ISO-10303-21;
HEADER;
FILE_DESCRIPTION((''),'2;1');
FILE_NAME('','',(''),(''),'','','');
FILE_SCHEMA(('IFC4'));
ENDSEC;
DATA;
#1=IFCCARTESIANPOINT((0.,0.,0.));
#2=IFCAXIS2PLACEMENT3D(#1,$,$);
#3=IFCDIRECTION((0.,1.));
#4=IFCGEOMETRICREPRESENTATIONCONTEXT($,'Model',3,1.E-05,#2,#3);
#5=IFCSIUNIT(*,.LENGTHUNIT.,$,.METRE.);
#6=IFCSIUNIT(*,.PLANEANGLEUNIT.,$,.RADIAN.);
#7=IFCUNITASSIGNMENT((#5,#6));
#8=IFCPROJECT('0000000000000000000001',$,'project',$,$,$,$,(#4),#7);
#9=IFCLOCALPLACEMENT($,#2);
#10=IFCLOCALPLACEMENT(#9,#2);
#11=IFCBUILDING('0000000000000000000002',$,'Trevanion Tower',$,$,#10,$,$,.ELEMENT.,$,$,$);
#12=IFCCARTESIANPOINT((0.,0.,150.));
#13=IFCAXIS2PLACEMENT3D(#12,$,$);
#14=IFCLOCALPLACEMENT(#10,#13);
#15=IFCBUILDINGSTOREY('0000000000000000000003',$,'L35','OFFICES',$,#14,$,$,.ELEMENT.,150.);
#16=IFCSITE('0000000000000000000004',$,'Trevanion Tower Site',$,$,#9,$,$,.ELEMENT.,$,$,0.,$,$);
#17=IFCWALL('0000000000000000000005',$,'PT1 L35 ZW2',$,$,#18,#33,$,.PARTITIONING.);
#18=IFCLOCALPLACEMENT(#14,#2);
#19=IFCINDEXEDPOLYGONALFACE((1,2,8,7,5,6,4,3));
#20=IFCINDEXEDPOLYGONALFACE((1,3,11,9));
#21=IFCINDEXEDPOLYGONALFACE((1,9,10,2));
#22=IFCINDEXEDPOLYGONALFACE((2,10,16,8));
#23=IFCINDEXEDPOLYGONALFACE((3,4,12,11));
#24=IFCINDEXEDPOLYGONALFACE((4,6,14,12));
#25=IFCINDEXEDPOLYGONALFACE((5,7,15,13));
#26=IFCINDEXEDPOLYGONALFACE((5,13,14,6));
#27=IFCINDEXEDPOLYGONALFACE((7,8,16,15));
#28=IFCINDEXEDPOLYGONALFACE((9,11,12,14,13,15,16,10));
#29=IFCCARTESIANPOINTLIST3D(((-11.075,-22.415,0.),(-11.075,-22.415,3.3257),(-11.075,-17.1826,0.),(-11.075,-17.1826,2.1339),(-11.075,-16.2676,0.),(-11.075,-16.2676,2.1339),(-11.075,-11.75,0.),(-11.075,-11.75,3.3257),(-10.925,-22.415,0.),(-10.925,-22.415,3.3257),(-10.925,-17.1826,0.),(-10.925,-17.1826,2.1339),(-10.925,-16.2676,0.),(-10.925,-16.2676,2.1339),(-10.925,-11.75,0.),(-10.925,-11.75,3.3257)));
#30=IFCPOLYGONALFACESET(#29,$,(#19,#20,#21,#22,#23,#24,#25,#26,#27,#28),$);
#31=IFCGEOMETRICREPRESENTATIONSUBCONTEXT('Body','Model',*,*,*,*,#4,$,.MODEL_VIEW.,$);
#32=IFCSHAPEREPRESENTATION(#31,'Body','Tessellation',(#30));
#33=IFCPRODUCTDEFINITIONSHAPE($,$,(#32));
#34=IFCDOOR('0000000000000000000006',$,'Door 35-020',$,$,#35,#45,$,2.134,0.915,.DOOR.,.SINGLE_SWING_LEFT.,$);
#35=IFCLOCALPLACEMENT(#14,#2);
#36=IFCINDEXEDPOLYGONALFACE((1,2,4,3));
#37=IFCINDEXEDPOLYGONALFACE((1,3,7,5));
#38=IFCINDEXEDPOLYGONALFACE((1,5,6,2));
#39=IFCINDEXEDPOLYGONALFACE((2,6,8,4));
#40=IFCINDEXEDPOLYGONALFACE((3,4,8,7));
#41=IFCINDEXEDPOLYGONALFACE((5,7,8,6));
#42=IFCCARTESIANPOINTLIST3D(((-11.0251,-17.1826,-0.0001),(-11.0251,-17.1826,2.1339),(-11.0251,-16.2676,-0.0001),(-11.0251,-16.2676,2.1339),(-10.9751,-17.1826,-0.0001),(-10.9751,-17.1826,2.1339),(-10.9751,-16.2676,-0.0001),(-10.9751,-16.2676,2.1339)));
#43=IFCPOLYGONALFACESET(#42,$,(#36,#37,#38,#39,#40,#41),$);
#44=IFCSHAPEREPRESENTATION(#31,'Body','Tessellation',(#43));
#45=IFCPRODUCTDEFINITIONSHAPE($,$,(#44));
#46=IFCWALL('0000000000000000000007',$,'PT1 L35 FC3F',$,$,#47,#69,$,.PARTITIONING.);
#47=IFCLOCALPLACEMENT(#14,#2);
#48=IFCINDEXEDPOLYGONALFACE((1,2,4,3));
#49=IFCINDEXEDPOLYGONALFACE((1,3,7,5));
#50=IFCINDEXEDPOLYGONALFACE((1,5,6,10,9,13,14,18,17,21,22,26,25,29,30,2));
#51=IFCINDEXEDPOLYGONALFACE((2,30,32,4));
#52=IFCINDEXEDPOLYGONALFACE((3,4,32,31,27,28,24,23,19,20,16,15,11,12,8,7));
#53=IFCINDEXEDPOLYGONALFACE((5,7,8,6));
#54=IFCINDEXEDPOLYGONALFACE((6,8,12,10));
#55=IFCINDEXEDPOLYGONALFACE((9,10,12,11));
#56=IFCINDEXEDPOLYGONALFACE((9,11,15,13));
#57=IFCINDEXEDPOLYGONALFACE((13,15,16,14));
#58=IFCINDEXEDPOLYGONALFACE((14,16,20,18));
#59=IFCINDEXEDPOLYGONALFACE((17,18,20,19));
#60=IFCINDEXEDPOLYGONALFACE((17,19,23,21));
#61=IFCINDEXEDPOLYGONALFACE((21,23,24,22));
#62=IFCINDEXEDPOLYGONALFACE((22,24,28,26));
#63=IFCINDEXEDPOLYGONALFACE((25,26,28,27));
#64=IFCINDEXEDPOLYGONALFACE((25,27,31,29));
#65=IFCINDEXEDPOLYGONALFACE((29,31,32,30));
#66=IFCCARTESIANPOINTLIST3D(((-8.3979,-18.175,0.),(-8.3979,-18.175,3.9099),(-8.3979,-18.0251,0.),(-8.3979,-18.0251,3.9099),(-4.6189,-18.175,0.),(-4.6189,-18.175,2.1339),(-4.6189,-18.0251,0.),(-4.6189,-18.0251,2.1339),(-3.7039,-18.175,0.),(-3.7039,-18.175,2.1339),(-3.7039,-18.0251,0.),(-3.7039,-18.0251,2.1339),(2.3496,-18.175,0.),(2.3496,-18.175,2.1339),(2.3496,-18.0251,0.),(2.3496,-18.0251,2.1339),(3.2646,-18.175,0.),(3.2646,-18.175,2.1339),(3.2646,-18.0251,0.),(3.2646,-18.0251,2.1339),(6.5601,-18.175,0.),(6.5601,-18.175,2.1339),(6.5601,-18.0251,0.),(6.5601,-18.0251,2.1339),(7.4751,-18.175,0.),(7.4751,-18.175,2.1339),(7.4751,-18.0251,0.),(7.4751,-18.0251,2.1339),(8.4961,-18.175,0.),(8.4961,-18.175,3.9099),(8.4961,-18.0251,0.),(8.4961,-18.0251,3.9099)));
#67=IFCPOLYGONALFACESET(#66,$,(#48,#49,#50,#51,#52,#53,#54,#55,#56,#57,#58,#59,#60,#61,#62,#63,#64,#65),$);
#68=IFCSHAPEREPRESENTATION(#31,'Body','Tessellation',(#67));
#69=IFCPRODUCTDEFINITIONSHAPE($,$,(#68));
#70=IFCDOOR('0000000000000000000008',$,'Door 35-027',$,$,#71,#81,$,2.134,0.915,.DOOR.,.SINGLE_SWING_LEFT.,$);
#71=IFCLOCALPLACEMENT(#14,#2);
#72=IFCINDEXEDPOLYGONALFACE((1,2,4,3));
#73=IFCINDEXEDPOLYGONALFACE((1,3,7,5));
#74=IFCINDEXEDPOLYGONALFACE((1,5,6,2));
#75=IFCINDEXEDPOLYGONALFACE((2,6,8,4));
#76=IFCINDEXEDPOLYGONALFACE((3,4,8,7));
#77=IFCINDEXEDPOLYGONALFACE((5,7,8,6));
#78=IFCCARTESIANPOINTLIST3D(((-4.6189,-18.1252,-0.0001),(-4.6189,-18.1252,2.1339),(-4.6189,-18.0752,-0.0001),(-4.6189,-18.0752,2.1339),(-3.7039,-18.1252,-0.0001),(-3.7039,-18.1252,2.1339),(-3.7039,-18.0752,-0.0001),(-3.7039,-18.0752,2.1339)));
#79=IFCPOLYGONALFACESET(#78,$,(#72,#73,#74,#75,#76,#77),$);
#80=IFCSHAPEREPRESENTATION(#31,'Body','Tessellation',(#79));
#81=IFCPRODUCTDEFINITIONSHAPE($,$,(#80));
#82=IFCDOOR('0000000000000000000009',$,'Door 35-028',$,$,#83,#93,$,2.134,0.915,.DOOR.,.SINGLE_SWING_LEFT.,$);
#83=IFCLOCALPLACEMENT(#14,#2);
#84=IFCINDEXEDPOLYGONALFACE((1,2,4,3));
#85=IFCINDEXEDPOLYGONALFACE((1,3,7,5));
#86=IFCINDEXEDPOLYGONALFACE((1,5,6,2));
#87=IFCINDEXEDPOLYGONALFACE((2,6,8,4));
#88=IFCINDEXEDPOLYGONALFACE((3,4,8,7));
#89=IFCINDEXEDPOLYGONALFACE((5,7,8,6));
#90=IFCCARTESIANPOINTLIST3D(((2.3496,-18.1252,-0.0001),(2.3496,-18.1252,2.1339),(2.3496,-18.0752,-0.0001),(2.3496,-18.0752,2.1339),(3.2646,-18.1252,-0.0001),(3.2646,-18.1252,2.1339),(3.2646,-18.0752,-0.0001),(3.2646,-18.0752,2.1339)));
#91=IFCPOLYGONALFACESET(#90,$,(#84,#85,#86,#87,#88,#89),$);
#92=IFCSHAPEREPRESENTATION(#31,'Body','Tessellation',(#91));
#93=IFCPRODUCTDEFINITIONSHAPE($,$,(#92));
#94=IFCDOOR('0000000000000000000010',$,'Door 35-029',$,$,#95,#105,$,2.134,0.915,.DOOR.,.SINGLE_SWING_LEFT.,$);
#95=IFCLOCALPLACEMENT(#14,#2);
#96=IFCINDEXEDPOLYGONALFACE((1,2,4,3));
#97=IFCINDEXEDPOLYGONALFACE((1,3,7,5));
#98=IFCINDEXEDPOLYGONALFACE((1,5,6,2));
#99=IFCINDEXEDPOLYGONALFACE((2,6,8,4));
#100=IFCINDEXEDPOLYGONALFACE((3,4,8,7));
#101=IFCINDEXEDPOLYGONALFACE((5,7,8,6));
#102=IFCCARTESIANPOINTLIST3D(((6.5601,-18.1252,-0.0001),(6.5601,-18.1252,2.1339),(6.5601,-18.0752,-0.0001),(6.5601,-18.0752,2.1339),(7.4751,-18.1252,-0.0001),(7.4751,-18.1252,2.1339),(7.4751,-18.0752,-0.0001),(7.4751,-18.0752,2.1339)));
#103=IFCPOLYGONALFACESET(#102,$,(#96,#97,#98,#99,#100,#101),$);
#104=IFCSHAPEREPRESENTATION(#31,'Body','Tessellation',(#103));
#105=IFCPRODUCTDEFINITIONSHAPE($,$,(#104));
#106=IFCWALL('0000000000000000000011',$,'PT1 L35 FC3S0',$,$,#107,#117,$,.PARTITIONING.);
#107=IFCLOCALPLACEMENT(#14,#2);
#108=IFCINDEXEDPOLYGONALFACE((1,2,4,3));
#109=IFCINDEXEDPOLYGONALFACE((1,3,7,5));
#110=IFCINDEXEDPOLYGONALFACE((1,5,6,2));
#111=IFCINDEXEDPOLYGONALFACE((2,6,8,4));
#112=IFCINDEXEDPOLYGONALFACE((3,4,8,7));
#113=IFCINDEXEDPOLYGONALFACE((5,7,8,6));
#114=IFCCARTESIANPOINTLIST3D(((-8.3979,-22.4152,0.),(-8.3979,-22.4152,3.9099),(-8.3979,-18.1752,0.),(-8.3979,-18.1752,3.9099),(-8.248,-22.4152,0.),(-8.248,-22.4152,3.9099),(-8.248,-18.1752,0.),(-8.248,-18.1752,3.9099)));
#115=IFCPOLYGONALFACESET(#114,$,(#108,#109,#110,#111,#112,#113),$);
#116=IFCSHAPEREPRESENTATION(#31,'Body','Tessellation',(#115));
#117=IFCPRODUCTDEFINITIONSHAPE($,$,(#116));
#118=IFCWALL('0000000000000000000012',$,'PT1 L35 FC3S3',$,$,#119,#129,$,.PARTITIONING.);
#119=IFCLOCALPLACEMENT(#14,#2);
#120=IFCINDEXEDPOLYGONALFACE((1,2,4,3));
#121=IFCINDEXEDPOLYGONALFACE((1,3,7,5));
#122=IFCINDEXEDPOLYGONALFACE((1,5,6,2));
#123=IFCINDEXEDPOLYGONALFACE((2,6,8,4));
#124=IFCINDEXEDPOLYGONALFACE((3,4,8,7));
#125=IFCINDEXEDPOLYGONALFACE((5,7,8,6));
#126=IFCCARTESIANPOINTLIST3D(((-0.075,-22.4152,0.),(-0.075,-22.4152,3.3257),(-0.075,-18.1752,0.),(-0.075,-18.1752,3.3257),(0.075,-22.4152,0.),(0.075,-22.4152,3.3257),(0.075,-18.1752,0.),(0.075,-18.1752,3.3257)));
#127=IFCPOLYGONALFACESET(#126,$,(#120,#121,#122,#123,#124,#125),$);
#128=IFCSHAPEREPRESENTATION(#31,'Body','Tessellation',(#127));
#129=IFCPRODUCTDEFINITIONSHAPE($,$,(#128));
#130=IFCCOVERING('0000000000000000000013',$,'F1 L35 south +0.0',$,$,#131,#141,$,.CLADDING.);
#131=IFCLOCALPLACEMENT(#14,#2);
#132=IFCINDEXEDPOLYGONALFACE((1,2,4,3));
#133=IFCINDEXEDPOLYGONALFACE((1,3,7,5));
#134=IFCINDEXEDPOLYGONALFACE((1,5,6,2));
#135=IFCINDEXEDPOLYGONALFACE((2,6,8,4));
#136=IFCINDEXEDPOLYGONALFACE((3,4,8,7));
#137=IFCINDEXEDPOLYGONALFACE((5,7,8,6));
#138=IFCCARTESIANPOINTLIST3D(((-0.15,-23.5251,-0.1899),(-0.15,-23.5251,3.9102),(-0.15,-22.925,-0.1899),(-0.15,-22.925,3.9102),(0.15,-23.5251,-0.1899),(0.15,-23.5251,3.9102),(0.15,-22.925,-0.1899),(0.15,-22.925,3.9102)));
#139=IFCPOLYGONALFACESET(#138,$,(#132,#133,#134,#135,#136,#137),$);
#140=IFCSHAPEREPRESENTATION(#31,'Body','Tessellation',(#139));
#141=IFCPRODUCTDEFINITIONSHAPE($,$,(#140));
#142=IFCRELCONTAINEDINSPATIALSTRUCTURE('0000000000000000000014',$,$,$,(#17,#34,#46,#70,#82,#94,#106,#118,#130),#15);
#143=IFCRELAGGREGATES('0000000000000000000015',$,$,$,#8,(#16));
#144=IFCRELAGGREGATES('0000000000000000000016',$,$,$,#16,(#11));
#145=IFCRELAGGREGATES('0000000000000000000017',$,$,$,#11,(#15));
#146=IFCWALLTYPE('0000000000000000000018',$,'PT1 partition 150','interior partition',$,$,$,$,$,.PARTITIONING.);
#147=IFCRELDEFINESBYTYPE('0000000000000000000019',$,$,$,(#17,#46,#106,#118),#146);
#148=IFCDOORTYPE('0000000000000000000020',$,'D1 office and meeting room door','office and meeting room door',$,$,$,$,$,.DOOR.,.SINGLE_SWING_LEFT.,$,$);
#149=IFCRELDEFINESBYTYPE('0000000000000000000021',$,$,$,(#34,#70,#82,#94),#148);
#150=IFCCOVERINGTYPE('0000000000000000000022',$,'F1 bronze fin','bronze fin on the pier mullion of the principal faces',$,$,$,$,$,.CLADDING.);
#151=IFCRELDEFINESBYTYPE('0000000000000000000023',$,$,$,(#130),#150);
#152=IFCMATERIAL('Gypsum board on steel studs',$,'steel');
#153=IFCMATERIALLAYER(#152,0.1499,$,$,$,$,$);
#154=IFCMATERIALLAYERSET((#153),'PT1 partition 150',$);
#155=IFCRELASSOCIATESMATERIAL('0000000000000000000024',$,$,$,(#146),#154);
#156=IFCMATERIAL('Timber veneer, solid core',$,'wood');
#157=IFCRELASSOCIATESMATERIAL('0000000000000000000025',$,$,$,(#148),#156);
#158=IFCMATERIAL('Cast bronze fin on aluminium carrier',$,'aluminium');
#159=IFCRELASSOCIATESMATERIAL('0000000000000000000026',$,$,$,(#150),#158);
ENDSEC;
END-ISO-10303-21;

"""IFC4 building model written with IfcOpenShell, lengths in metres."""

from ifc_helpers import new_model, si_unit, direction, frame, frame_2d, origin, origin_2d, place, context, subcontext, project, spatial, rectangle, extrude, material, layer, layer_set, type_object, element, fill, save


model = new_model("IFC4")

# Units and contexts
model_context = context("Model", 3, precision=1e-05, world=origin(), true_north=direction((0.0, 1.0)))
body_context = subcontext(model_context, "Body", "Model", "MODEL_VIEW")
ifc_project = project(units=[si_unit("LENGTHUNIT", "METRE"), si_unit("PLANEANGLEUNIT", "RADIAN")], contexts=[model_context])

# Site, building, storey
site_placement = place(None, origin())
site = spatial("IfcSite", under=ifc_project, at=site_placement, Name="Trevanion Tower Site", CompositionType="ELEMENT", RefElevation=0.0)
building_placement = place(site_placement, origin())
building = spatial("IfcBuilding", under=site, at=building_placement, Name="Trevanion Tower", CompositionType="ELEMENT")
storey_placement = place(building_placement, frame((0.0, 0.0, 150.0)))
storey = spatial("IfcBuildingStorey", under=building, at=storey_placement, Name="L35", Description="OFFICES", CompositionType="ELEMENT", Elevation=150.0)

# Wall, opening, door
ifc_material_1 = material(Name="Gypsum board on steel studs", Category="steel")
ifc_layer_1 = layer(ifc_material_1, 0.1499)
ifc_layer_set_1 = layer_set([ifc_layer_1], Name="PT1 partition 150")
wall_type = type_object("IfcWallType", Name="PT1 partition 150", Description="interior partition", PredefinedType="PARTITIONING", material=ifc_layer_set_1)
wall_1_placement = place(storey_placement, frame((-11.0, -11.75, 0.0), z_axis=(0.0, 0.0, 1.0), x_axis=(0.0, -1.0, 0.0)))
wall_1 = element("IfcWall", 1, at=wall_1_placement, inside=storey, type_object=wall_type, Name="PT1 L35 ZW2", PredefinedType="PARTITIONING", context=body_context, shape_type="SweptSolid", body=[
    extrude(rectangle(XDim=10.665, YDim=0.1499, at=frame_2d((5.3325, 0.0))), origin(), (0.0, 0.0, 1.0), 3.3257),
])
opening_1_placement = place(wall_1_placement, frame((4.5176, 0.0, 0.0)))
opening_1 = element("IfcOpeningElement", 2, at=opening_1_placement, cuts=wall_1, PredefinedType="OPENING", context=body_context, shape_type="SweptSolid", body=[
    extrude(rectangle(XDim=0.915, YDim=2.134, at=frame_2d((0.4575, 1.0669))), frame((0.0, 0.085, 0.0), z_axis=(0.0, -1.0, 0.0), x_axis=(1.0, 0.0, 0.0)), (0.0, 0.0, 1.0), 0.1699),
])
ifc_material_2 = material(Name="Timber veneer, solid core", Category="wood")
door_type = type_object("IfcDoorType", Name="D1 office and meeting room door", Description="office and meeting room door", OperationType="SINGLE_SWING_LEFT", PredefinedType="DOOR", material=ifc_material_2)
door_1_placement = place(opening_1_placement, origin())
door_1 = element("IfcDoor", 3, at=door_1_placement, inside=storey, type_object=door_type, Name="Door 35-020", OperationType="SINGLE_SWING_LEFT", OverallHeight=2.134, OverallWidth=0.915, PredefinedType="DOOR", context=body_context, shape_type="SweptSolid", body=[
    extrude(rectangle(XDim=0.915, YDim=2.134, at=frame_2d((0.4575, 1.0669))), frame((0.0, 0.0249, 0.0), z_axis=(0.0, -1.0, 0.0), x_axis=(1.0, 0.0, 0.0)), (0.0, 0.0, 1.0), 0.05),
])
fill(opening_1, door_1)

# Wall, openings, doors
wall_2_placement = place(storey_placement, frame((-8.3979, -18.1001, 0.0), z_axis=(0.0, 0.0, 1.0), x_axis=(1.0, 0.0, 0.0)))
wall_2 = element("IfcWall", 4, at=wall_2_placement, inside=storey, type_object=wall_type, Name="PT1 L35 FC3F", PredefinedType="PARTITIONING", context=body_context, shape_type="SweptSolid", body=[
    extrude(rectangle(XDim=16.894, YDim=0.1499, at=frame_2d((8.447, 0.0))), origin(), (0.0, 0.0, 1.0), 3.9099),
])
opening_2_placement = place(wall_2_placement, frame((3.7791, 0.0, 0.0)))
opening_2 = element("IfcOpeningElement", 5, at=opening_2_placement, cuts=wall_2, PredefinedType="OPENING", context=body_context, shape_type="SweptSolid", body=[
    extrude(rectangle(XDim=0.915, YDim=2.134, at=frame_2d((0.4575, 1.0669))), frame((0.0, 0.085, 0.0), z_axis=(0.0, -1.0, 0.0), x_axis=(1.0, 0.0, 0.0)), (0.0, 0.0, 1.0), 0.1699),
])
opening_3_placement = place(wall_2_placement, frame((10.7476, 0.0, 0.0)))
opening_3 = element("IfcOpeningElement", 6, at=opening_3_placement, cuts=wall_2, PredefinedType="OPENING", context=body_context, shape_type="SweptSolid", body=[
    extrude(rectangle(XDim=0.915, YDim=2.134, at=frame_2d((0.4575, 1.0669))), frame((0.0, 0.085, 0.0), z_axis=(0.0, -1.0, 0.0), x_axis=(1.0, 0.0, 0.0)), (0.0, 0.0, 1.0), 0.1699),
])
opening_4_placement = place(wall_2_placement, frame((14.958, 0.0, 0.0)))
opening_4 = element("IfcOpeningElement", 7, at=opening_4_placement, cuts=wall_2, PredefinedType="OPENING", context=body_context, shape_type="SweptSolid", body=[
    extrude(rectangle(XDim=0.915, YDim=2.134, at=frame_2d((0.4575, 1.0669))), frame((0.0, 0.085, 0.0), z_axis=(0.0, -1.0, 0.0), x_axis=(1.0, 0.0, 0.0)), (0.0, 0.0, 1.0), 0.1699),
])
door_2_placement = place(opening_2_placement, origin())
door_2 = element("IfcDoor", 8, at=door_2_placement, inside=storey, type_object=door_type, Name="Door 35-027", OperationType="SINGLE_SWING_LEFT", OverallHeight=2.134, OverallWidth=0.915, PredefinedType="DOOR", context=body_context, shape_type="SweptSolid", body=[
    extrude(rectangle(XDim=0.915, YDim=2.134, at=frame_2d((0.4575, 1.0669))), frame((0.0, 0.0249, 0.0), z_axis=(0.0, -1.0, 0.0), x_axis=(1.0, 0.0, 0.0)), (0.0, 0.0, 1.0), 0.05),
])
fill(opening_2, door_2)
door_3_placement = place(opening_3_placement, origin())
door_3 = element("IfcDoor", 9, at=door_3_placement, inside=storey, type_object=door_type, Name="Door 35-028", OperationType="SINGLE_SWING_LEFT", OverallHeight=2.134, OverallWidth=0.915, PredefinedType="DOOR", context=body_context, shape_type="SweptSolid", body=[
    extrude(rectangle(XDim=0.915, YDim=2.134, at=frame_2d((0.4575, 1.0669))), frame((0.0, 0.0249, 0.0), z_axis=(0.0, -1.0, 0.0), x_axis=(1.0, 0.0, 0.0)), (0.0, 0.0, 1.0), 0.05),
])
fill(opening_3, door_3)
door_4_placement = place(opening_4_placement, origin())
door_4 = element("IfcDoor", 10, at=door_4_placement, inside=storey, type_object=door_type, Name="Door 35-029", OperationType="SINGLE_SWING_LEFT", OverallHeight=2.134, OverallWidth=0.915, PredefinedType="DOOR", context=body_context, shape_type="SweptSolid", body=[
    extrude(rectangle(XDim=0.915, YDim=2.134, at=frame_2d((0.4575, 1.0669))), frame((0.0, 0.0249, 0.0), z_axis=(0.0, -1.0, 0.0), x_axis=(1.0, 0.0, 0.0)), (0.0, 0.0, 1.0), 0.05),
])
fill(opening_4, door_4)

# Walls
wall_3_placement = place(storey_placement, frame((-8.323, -18.175, 0.0), z_axis=(0.0, 0.0, 1.0), x_axis=(0.0, -1.0, 0.0)))
element("IfcWall", 11, at=wall_3_placement, inside=storey, type_object=wall_type, Name="PT1 L35 FC3S0", PredefinedType="PARTITIONING", context=body_context, shape_type="SweptSolid", body=[
    extrude(rectangle(XDim=4.24, YDim=0.1499, at=frame_2d((2.1201, 0.0))), origin(), (0.0, 0.0, 1.0), 3.9099),
])
wall_4_placement = place(storey_placement, frame((0.0, -18.175, 0.0), z_axis=(0.0, 0.0, 1.0), x_axis=(0.0, -1.0, 0.0)))
element("IfcWall", 12, at=wall_4_placement, inside=storey, type_object=wall_type, Name="PT1 L35 FC3S3", PredefinedType="PARTITIONING", context=body_context, shape_type="SweptSolid", body=[
    extrude(rectangle(XDim=4.24, YDim=0.1499, at=frame_2d((2.1201, 0.0))), origin(), (0.0, 0.0, 1.0), 3.3257),
])

# Covering
ifc_material_3 = material(Name="Cast bronze fin on aluminium carrier", Category="aluminium")
covering_type = type_object("IfcCoveringType", Name="F1 bronze fin", Description="bronze fin on the pier mullion of the principal faces", PredefinedType="CLADDING", material=ifc_material_3)
covering_placement = place(storey_placement, frame((0.0, -23.2251, -0.1899), z_axis=(0.0, 0.0, 1.0), x_axis=(1.0, 0.0, 0.0)))
element("IfcCovering", 13, at=covering_placement, inside=storey, type_object=covering_type, Name="F1 L35 south +0.0", PredefinedType="CLADDING", context=body_context, shape_type="SweptSolid", body=[
    extrude(rectangle(XDim=0.3, YDim=0.6001, at=origin_2d()), origin(), (0.0, 0.0, 1.0), 4.1001),
])

save(model, "model.ifc")
